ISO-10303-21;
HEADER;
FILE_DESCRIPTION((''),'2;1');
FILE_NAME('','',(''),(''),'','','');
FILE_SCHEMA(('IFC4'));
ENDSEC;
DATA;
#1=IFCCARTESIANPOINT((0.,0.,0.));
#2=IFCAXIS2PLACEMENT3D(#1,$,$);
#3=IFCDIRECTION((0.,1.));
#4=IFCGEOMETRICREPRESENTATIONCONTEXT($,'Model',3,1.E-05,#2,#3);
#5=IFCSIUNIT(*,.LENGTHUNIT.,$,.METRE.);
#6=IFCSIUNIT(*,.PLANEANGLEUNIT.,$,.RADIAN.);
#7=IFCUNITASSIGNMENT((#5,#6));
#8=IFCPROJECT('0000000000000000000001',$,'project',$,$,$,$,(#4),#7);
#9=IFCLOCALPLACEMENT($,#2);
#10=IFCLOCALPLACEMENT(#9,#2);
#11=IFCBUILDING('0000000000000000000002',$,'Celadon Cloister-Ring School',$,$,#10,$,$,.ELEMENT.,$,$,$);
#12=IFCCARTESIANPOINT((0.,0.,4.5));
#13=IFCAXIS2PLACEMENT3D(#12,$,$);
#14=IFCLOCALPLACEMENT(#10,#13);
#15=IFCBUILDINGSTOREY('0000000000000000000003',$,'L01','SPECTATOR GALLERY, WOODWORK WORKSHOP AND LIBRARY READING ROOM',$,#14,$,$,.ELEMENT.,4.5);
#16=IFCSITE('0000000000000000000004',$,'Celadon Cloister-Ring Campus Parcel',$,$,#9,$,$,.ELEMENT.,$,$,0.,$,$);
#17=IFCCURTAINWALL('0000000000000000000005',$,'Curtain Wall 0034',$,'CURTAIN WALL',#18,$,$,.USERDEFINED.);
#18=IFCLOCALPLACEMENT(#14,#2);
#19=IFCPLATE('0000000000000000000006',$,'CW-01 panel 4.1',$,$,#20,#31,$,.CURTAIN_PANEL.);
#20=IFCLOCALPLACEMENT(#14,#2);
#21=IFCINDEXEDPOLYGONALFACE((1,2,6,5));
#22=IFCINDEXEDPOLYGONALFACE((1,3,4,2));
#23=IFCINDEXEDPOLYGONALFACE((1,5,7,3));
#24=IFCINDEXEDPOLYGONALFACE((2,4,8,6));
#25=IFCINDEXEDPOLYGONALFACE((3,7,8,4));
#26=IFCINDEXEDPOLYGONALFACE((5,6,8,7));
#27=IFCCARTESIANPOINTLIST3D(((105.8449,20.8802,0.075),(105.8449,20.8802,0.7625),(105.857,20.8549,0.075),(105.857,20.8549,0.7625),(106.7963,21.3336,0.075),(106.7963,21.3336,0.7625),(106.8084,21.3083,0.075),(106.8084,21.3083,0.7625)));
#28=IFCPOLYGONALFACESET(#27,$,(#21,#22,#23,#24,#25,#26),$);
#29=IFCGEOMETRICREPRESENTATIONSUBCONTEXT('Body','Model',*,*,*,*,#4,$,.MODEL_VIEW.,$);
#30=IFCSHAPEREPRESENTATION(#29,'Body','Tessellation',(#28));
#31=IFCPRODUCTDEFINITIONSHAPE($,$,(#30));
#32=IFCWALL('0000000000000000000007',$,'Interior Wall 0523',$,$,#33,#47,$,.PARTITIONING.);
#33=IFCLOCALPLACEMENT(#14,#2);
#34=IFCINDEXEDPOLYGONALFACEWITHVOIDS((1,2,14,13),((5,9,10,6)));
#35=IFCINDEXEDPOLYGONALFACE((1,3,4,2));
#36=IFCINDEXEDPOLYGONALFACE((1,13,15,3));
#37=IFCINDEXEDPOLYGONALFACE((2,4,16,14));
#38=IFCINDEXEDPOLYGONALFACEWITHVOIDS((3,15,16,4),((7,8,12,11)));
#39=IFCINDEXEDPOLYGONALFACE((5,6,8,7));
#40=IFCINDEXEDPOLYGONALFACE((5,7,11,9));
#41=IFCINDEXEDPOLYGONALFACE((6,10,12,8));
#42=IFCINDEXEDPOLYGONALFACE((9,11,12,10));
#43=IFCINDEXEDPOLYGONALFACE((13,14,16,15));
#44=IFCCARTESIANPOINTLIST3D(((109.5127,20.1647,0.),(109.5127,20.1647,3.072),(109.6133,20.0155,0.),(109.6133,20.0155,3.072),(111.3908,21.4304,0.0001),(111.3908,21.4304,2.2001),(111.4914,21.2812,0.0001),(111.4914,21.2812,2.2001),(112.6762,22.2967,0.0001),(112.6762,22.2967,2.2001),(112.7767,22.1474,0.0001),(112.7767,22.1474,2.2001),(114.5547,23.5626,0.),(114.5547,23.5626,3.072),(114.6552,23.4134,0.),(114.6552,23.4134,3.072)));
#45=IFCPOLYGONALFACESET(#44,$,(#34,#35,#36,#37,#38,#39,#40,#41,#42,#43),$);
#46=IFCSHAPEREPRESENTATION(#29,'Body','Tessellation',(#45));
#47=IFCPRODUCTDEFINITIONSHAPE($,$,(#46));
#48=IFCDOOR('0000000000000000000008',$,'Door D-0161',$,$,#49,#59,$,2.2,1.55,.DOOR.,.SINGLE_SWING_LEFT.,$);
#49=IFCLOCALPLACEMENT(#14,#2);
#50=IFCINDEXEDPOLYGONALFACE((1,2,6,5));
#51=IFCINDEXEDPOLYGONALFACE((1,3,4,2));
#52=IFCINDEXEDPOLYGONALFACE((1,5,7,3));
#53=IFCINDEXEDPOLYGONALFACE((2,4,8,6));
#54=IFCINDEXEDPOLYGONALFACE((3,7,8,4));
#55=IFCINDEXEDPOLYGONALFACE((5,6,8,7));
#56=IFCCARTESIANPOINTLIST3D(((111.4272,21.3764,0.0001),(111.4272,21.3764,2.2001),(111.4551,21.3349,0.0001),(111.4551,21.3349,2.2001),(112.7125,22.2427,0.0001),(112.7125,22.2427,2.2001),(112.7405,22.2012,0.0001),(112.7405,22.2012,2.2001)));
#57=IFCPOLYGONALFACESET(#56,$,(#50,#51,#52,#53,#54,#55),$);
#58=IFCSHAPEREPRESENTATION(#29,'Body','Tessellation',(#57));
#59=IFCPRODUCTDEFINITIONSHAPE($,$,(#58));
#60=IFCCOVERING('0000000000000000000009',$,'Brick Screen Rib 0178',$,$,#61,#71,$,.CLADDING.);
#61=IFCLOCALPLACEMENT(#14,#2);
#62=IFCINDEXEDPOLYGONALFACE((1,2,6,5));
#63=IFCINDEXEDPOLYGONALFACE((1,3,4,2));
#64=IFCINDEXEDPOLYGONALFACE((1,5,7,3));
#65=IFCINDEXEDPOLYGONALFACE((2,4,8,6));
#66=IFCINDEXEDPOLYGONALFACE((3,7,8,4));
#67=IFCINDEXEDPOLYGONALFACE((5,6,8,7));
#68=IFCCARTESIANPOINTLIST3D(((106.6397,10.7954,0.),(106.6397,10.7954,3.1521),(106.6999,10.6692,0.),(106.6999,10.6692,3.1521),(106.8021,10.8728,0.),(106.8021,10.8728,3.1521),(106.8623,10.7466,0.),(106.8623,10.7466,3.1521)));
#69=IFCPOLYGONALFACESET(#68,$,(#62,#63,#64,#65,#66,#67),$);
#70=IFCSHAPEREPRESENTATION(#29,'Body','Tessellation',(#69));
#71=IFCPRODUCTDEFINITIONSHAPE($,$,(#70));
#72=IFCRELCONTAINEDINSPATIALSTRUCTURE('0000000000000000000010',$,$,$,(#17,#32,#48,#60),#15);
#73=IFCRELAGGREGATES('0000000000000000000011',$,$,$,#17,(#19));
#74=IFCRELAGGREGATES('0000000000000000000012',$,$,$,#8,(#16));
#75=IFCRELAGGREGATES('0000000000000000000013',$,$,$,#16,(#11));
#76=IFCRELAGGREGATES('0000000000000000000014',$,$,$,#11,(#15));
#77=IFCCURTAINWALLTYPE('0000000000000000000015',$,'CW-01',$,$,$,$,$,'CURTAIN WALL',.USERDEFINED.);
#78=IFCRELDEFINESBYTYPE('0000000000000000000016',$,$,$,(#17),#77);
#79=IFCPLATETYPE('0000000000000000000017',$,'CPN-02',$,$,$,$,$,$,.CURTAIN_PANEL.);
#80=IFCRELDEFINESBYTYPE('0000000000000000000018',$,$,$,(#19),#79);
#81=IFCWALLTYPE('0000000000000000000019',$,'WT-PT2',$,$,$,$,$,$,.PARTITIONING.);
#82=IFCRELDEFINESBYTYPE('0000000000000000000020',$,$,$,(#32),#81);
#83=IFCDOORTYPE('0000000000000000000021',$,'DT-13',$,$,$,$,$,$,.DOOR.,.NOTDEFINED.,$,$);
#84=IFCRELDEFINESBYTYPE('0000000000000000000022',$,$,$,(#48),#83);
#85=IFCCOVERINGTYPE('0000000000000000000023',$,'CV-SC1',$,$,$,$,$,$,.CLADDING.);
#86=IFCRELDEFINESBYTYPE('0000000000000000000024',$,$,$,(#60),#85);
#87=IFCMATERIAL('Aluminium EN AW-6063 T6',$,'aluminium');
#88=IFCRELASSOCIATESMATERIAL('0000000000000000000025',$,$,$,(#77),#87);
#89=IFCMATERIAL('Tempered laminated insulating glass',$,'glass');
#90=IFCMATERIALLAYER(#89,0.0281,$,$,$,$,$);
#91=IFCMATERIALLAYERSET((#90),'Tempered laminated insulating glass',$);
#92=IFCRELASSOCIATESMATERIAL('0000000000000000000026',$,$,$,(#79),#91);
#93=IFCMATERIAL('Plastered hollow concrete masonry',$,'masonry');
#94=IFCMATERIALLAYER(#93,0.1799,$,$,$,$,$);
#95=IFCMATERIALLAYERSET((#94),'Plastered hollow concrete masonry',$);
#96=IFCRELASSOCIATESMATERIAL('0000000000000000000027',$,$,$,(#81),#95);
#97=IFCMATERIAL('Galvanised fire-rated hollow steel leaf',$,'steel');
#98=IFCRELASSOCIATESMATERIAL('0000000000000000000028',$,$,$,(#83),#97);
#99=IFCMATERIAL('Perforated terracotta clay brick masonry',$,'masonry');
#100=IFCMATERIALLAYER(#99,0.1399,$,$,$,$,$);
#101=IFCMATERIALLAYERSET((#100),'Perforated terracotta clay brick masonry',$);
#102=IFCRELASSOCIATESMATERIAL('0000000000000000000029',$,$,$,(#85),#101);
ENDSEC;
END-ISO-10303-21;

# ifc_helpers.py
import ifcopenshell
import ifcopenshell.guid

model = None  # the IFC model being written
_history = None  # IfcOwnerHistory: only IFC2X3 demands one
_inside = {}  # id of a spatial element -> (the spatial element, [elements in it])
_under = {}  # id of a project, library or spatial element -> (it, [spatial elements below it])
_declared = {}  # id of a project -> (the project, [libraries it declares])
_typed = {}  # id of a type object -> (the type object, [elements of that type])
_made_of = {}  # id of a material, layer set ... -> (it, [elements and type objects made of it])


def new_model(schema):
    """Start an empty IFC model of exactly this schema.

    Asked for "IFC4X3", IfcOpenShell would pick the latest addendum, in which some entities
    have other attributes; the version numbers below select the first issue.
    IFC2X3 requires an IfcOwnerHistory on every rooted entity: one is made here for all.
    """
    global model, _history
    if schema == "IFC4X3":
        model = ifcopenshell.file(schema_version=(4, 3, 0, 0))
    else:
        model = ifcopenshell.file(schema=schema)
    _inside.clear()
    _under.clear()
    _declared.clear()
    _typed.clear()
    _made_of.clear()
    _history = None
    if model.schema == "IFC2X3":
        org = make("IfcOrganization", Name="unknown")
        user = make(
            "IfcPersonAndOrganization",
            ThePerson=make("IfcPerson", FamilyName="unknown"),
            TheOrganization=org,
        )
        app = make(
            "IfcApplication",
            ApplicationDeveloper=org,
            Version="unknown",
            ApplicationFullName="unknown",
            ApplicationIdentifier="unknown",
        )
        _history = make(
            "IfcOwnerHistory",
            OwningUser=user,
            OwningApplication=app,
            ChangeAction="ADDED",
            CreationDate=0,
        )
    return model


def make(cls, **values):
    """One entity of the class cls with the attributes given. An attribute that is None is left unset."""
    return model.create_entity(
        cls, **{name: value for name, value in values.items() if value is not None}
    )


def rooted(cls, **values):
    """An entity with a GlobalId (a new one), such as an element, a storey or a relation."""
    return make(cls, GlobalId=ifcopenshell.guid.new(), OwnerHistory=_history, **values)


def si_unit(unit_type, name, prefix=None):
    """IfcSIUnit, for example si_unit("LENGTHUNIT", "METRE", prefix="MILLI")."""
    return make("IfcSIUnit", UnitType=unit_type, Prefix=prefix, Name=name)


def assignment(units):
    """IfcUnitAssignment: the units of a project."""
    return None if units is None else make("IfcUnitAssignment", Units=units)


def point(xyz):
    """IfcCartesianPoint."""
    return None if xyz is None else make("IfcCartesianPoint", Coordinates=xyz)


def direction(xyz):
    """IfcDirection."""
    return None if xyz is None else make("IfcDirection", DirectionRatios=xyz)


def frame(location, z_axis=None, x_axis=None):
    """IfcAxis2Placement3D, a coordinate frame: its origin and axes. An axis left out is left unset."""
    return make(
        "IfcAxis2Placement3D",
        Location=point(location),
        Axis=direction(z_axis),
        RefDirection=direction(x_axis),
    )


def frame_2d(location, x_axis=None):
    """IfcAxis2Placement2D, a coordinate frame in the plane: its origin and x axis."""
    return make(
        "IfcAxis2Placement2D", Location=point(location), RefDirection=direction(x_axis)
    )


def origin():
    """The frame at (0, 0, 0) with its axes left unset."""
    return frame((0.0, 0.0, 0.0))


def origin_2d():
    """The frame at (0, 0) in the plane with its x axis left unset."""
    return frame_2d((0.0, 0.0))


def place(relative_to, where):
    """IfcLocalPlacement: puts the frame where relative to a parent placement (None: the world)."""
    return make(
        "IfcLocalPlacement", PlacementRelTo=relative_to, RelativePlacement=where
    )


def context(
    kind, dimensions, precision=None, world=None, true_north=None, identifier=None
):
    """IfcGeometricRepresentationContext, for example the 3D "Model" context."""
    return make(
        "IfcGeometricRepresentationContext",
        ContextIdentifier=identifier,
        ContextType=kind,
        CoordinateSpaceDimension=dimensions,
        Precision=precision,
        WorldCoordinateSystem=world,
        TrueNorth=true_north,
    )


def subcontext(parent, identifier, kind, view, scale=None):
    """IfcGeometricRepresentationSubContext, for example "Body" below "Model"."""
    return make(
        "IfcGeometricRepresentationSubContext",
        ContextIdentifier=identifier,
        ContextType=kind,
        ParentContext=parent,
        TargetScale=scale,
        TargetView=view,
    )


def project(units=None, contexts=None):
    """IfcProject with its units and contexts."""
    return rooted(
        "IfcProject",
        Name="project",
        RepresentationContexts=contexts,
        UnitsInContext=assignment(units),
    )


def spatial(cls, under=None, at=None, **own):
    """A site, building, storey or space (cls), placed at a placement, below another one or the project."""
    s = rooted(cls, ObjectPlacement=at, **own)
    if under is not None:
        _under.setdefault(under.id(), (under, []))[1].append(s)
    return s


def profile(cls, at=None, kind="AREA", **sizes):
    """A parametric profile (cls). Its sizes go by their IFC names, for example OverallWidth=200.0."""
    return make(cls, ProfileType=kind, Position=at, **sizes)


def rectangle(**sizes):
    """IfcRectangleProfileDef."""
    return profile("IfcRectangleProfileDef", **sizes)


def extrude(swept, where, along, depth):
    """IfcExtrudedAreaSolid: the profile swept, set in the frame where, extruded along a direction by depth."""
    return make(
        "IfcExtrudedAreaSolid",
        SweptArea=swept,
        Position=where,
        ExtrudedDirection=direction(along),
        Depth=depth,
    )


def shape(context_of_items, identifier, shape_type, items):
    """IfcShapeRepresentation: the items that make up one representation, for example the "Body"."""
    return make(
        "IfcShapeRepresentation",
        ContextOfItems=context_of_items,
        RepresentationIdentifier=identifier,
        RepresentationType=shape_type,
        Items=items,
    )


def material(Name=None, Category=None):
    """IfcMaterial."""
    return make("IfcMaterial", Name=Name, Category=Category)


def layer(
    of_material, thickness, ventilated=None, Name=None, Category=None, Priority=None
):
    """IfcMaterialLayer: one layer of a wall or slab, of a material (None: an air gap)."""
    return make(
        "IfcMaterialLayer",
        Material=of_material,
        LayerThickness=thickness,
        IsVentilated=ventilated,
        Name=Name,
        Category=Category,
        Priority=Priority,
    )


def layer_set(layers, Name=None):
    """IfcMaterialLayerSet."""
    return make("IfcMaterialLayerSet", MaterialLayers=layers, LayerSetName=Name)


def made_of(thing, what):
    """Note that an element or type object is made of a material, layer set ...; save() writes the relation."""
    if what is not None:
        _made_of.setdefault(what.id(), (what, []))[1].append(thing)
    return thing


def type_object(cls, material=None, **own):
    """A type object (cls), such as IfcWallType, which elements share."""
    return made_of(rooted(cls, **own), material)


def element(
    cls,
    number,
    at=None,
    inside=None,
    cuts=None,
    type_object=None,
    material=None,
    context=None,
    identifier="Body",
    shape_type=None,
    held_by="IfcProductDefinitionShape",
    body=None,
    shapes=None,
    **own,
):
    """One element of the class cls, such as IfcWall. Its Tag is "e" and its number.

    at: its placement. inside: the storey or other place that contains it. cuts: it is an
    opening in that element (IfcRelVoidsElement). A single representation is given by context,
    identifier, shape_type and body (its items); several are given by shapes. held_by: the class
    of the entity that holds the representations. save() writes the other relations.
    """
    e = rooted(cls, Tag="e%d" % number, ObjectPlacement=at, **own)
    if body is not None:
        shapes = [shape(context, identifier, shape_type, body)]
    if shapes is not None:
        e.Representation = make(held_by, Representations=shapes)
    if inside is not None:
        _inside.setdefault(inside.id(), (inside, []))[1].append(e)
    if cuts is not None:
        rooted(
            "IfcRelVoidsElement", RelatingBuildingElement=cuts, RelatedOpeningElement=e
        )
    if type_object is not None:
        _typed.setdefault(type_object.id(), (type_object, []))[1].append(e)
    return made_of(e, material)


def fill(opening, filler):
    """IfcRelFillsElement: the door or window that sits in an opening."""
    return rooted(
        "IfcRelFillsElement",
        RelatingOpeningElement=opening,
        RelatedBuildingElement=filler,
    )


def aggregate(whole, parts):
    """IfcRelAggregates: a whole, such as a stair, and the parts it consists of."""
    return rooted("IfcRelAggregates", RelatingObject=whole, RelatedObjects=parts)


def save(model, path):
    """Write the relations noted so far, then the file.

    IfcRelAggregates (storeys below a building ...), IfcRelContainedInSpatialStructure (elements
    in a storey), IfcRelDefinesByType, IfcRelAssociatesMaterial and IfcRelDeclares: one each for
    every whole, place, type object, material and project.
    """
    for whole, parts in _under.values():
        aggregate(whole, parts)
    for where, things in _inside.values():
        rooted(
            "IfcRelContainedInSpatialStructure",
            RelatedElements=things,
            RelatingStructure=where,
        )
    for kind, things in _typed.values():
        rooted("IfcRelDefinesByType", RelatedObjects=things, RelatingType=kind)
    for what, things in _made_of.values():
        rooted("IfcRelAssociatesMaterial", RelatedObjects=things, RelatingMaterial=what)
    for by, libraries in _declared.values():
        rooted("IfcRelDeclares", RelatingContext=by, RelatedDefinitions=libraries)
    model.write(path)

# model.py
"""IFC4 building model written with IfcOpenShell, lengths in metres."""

from ifc_helpers import new_model, si_unit, direction, frame, frame_2d, origin, origin_2d, place, context, subcontext, project, spatial, rectangle, extrude, material, layer, layer_set, type_object, element, fill, aggregate, save


model = new_model("IFC4")

# Units and contexts
model_context = context("Model", 3, precision=1e-05, world=origin(), true_north=direction((0.0, 1.0)))
body_context = subcontext(model_context, "Body", "Model", "MODEL_VIEW")
ifc_project = project(units=[si_unit("LENGTHUNIT", "METRE"), si_unit("PLANEANGLEUNIT", "RADIAN")], contexts=[model_context])

# Site, building, storey
site_placement = place(None, origin())
site = spatial("IfcSite", under=ifc_project, at=site_placement, Name="Celadon Cloister-Ring Campus Parcel", CompositionType="ELEMENT", RefElevation=0.0)
building_placement = place(site_placement, origin())
building = spatial("IfcBuilding", under=site, at=building_placement, Name="Celadon Cloister-Ring School", CompositionType="ELEMENT")
storey_placement = place(building_placement, frame((0.0, 0.0, 4.5)))
storey = spatial("IfcBuildingStorey", under=building, at=storey_placement, Name="L01", Description="SPECTATOR GALLERY, WOODWORK WORKSHOP AND LIBRARY READING ROOM", CompositionType="ELEMENT", Elevation=4.5)

# Curtain wall
ifc_material_1 = material(Name="Aluminium EN AW-6063 T6", Category="aluminium")
curtain_wall_type = type_object("IfcCurtainWallType", Name="CW-01", ElementType="CURTAIN WALL", PredefinedType="USERDEFINED", material=ifc_material_1)
curtain_wall_placement = place(storey_placement, origin())
curtain_wall = element("IfcCurtainWall", 1, at=curtain_wall_placement, inside=storey, type_object=curtain_wall_type, Name="Curtain Wall 0034", ObjectType="CURTAIN WALL", PredefinedType="USERDEFINED")

# Plate
ifc_material_2 = material(Name="Tempered laminated insulating glass", Category="glass")
ifc_layer_1 = layer(ifc_material_2, 0.0281)
ifc_layer_set_1 = layer_set([ifc_layer_1], Name="Tempered laminated insulating glass")
plate_type = type_object("IfcPlateType", Name="CPN-02", PredefinedType="CURTAIN_PANEL", material=ifc_layer_set_1)
plate_placement = place(storey_placement, frame((106.3267, 21.0942, 0.075), z_axis=(0.0, 0.0, 1.0), x_axis=(0.902733, 0.430201, 0.0)))
plate = element("IfcPlate", 2, at=plate_placement, type_object=plate_type, Name="CW-01 panel 4.1", PredefinedType="CURTAIN_PANEL", context=body_context, shape_type="SweptSolid", body=[
    extrude(rectangle(XDim=1.054, YDim=0.0281, at=origin_2d()), origin(), (0.0, 0.0, 1.0), 0.6875),
])
aggregate(curtain_wall, [plate])

# Wall, opening, door
ifc_material_3 = material(Name="Plastered hollow concrete masonry", Category="masonry")
ifc_layer_2 = layer(ifc_material_3, 0.1799)
ifc_layer_set_2 = layer_set([ifc_layer_2], Name="Plastered hollow concrete masonry")
wall_type = type_object("IfcWallType", Name="WT-PT2", PredefinedType="PARTITIONING", material=ifc_layer_set_2)
wall_placement = place(storey_placement, frame((109.563, 20.0901, 0.0), z_axis=(0.0, 0.0, 1.0), x_axis=(0.82926, 0.558863, 0.0)))
wall = element("IfcWall", 3, at=wall_placement, inside=storey, type_object=wall_type, Name="Interior Wall 0523", PredefinedType="PARTITIONING", context=body_context, shape_type="SweptSolid", body=[
    extrude(rectangle(XDim=6.0801, YDim=0.1799, at=frame_2d((3.04, 0.0))), origin(), (0.0, 0.0, 1.0), 3.072),
])
opening_placement = place(wall_placement, frame((2.2649, 0.0, 0.0)))
opening = element("IfcOpeningElement", 4, at=opening_placement, cuts=wall, PredefinedType="OPENING", context=body_context, shape_type="SweptSolid", body=[
    extrude(rectangle(XDim=1.55, YDim=2.2, at=frame_2d((0.7749, 1.1001))), frame((0.0, 0.1001, 0.0), z_axis=(0.0, -1.0, 0.0), x_axis=(1.0, 0.0, 0.0)), (0.0, 0.0, 1.0), 0.2),
])
ifc_material_4 = material(Name="Galvanised fire-rated hollow steel leaf", Category="steel")
door_type = type_object("IfcDoorType", Name="DT-13", OperationType="NOTDEFINED", PredefinedType="DOOR", material=ifc_material_4)
door_placement = place(opening_placement, origin())
door = element("IfcDoor", 5, at=door_placement, inside=storey, type_object=door_type, Name="Door D-0161", OperationType="SINGLE_SWING_LEFT", OverallHeight=2.2, OverallWidth=1.55, PredefinedType="DOOR", context=body_context, shape_type="SweptSolid", body=[
    extrude(rectangle(XDim=1.55, YDim=2.2, at=frame_2d((0.7749, 1.1001))), frame((0.0, 0.0249, 0.0), z_axis=(0.0, -1.0, 0.0), x_axis=(1.0, 0.0, 0.0)), (0.0, 0.0, 1.0), 0.05),
])
fill(opening, door)

# Covering
ifc_material_5 = material(Name="Perforated terracotta clay brick masonry", Category="masonry")
ifc_layer_3 = layer(ifc_material_5, 0.1399)
ifc_layer_set_3 = layer_set([ifc_layer_3], Name="Perforated terracotta clay brick masonry")
covering_type = type_object("IfcCoveringType", Name="CV-SC1", PredefinedType="CLADDING", material=ifc_layer_set_3)
covering_placement = place(storey_placement, frame((106.751, 10.771, 0.0), z_axis=(0.0, 0.0, 1.0), x_axis=(-0.902743, -0.43018, 0.0)))
element("IfcCovering", 6, at=covering_placement, inside=storey, type_object=covering_type, Name="Brick Screen Rib 0178", PredefinedType="CLADDING", context=body_context, shape_type="SweptSolid", body=[
    extrude(rectangle(XDim=0.1799, YDim=0.1399, at=origin_2d()), origin(), (0.0, 0.0, 1.0), 3.1521),
])

save(model, "model.ifc")
